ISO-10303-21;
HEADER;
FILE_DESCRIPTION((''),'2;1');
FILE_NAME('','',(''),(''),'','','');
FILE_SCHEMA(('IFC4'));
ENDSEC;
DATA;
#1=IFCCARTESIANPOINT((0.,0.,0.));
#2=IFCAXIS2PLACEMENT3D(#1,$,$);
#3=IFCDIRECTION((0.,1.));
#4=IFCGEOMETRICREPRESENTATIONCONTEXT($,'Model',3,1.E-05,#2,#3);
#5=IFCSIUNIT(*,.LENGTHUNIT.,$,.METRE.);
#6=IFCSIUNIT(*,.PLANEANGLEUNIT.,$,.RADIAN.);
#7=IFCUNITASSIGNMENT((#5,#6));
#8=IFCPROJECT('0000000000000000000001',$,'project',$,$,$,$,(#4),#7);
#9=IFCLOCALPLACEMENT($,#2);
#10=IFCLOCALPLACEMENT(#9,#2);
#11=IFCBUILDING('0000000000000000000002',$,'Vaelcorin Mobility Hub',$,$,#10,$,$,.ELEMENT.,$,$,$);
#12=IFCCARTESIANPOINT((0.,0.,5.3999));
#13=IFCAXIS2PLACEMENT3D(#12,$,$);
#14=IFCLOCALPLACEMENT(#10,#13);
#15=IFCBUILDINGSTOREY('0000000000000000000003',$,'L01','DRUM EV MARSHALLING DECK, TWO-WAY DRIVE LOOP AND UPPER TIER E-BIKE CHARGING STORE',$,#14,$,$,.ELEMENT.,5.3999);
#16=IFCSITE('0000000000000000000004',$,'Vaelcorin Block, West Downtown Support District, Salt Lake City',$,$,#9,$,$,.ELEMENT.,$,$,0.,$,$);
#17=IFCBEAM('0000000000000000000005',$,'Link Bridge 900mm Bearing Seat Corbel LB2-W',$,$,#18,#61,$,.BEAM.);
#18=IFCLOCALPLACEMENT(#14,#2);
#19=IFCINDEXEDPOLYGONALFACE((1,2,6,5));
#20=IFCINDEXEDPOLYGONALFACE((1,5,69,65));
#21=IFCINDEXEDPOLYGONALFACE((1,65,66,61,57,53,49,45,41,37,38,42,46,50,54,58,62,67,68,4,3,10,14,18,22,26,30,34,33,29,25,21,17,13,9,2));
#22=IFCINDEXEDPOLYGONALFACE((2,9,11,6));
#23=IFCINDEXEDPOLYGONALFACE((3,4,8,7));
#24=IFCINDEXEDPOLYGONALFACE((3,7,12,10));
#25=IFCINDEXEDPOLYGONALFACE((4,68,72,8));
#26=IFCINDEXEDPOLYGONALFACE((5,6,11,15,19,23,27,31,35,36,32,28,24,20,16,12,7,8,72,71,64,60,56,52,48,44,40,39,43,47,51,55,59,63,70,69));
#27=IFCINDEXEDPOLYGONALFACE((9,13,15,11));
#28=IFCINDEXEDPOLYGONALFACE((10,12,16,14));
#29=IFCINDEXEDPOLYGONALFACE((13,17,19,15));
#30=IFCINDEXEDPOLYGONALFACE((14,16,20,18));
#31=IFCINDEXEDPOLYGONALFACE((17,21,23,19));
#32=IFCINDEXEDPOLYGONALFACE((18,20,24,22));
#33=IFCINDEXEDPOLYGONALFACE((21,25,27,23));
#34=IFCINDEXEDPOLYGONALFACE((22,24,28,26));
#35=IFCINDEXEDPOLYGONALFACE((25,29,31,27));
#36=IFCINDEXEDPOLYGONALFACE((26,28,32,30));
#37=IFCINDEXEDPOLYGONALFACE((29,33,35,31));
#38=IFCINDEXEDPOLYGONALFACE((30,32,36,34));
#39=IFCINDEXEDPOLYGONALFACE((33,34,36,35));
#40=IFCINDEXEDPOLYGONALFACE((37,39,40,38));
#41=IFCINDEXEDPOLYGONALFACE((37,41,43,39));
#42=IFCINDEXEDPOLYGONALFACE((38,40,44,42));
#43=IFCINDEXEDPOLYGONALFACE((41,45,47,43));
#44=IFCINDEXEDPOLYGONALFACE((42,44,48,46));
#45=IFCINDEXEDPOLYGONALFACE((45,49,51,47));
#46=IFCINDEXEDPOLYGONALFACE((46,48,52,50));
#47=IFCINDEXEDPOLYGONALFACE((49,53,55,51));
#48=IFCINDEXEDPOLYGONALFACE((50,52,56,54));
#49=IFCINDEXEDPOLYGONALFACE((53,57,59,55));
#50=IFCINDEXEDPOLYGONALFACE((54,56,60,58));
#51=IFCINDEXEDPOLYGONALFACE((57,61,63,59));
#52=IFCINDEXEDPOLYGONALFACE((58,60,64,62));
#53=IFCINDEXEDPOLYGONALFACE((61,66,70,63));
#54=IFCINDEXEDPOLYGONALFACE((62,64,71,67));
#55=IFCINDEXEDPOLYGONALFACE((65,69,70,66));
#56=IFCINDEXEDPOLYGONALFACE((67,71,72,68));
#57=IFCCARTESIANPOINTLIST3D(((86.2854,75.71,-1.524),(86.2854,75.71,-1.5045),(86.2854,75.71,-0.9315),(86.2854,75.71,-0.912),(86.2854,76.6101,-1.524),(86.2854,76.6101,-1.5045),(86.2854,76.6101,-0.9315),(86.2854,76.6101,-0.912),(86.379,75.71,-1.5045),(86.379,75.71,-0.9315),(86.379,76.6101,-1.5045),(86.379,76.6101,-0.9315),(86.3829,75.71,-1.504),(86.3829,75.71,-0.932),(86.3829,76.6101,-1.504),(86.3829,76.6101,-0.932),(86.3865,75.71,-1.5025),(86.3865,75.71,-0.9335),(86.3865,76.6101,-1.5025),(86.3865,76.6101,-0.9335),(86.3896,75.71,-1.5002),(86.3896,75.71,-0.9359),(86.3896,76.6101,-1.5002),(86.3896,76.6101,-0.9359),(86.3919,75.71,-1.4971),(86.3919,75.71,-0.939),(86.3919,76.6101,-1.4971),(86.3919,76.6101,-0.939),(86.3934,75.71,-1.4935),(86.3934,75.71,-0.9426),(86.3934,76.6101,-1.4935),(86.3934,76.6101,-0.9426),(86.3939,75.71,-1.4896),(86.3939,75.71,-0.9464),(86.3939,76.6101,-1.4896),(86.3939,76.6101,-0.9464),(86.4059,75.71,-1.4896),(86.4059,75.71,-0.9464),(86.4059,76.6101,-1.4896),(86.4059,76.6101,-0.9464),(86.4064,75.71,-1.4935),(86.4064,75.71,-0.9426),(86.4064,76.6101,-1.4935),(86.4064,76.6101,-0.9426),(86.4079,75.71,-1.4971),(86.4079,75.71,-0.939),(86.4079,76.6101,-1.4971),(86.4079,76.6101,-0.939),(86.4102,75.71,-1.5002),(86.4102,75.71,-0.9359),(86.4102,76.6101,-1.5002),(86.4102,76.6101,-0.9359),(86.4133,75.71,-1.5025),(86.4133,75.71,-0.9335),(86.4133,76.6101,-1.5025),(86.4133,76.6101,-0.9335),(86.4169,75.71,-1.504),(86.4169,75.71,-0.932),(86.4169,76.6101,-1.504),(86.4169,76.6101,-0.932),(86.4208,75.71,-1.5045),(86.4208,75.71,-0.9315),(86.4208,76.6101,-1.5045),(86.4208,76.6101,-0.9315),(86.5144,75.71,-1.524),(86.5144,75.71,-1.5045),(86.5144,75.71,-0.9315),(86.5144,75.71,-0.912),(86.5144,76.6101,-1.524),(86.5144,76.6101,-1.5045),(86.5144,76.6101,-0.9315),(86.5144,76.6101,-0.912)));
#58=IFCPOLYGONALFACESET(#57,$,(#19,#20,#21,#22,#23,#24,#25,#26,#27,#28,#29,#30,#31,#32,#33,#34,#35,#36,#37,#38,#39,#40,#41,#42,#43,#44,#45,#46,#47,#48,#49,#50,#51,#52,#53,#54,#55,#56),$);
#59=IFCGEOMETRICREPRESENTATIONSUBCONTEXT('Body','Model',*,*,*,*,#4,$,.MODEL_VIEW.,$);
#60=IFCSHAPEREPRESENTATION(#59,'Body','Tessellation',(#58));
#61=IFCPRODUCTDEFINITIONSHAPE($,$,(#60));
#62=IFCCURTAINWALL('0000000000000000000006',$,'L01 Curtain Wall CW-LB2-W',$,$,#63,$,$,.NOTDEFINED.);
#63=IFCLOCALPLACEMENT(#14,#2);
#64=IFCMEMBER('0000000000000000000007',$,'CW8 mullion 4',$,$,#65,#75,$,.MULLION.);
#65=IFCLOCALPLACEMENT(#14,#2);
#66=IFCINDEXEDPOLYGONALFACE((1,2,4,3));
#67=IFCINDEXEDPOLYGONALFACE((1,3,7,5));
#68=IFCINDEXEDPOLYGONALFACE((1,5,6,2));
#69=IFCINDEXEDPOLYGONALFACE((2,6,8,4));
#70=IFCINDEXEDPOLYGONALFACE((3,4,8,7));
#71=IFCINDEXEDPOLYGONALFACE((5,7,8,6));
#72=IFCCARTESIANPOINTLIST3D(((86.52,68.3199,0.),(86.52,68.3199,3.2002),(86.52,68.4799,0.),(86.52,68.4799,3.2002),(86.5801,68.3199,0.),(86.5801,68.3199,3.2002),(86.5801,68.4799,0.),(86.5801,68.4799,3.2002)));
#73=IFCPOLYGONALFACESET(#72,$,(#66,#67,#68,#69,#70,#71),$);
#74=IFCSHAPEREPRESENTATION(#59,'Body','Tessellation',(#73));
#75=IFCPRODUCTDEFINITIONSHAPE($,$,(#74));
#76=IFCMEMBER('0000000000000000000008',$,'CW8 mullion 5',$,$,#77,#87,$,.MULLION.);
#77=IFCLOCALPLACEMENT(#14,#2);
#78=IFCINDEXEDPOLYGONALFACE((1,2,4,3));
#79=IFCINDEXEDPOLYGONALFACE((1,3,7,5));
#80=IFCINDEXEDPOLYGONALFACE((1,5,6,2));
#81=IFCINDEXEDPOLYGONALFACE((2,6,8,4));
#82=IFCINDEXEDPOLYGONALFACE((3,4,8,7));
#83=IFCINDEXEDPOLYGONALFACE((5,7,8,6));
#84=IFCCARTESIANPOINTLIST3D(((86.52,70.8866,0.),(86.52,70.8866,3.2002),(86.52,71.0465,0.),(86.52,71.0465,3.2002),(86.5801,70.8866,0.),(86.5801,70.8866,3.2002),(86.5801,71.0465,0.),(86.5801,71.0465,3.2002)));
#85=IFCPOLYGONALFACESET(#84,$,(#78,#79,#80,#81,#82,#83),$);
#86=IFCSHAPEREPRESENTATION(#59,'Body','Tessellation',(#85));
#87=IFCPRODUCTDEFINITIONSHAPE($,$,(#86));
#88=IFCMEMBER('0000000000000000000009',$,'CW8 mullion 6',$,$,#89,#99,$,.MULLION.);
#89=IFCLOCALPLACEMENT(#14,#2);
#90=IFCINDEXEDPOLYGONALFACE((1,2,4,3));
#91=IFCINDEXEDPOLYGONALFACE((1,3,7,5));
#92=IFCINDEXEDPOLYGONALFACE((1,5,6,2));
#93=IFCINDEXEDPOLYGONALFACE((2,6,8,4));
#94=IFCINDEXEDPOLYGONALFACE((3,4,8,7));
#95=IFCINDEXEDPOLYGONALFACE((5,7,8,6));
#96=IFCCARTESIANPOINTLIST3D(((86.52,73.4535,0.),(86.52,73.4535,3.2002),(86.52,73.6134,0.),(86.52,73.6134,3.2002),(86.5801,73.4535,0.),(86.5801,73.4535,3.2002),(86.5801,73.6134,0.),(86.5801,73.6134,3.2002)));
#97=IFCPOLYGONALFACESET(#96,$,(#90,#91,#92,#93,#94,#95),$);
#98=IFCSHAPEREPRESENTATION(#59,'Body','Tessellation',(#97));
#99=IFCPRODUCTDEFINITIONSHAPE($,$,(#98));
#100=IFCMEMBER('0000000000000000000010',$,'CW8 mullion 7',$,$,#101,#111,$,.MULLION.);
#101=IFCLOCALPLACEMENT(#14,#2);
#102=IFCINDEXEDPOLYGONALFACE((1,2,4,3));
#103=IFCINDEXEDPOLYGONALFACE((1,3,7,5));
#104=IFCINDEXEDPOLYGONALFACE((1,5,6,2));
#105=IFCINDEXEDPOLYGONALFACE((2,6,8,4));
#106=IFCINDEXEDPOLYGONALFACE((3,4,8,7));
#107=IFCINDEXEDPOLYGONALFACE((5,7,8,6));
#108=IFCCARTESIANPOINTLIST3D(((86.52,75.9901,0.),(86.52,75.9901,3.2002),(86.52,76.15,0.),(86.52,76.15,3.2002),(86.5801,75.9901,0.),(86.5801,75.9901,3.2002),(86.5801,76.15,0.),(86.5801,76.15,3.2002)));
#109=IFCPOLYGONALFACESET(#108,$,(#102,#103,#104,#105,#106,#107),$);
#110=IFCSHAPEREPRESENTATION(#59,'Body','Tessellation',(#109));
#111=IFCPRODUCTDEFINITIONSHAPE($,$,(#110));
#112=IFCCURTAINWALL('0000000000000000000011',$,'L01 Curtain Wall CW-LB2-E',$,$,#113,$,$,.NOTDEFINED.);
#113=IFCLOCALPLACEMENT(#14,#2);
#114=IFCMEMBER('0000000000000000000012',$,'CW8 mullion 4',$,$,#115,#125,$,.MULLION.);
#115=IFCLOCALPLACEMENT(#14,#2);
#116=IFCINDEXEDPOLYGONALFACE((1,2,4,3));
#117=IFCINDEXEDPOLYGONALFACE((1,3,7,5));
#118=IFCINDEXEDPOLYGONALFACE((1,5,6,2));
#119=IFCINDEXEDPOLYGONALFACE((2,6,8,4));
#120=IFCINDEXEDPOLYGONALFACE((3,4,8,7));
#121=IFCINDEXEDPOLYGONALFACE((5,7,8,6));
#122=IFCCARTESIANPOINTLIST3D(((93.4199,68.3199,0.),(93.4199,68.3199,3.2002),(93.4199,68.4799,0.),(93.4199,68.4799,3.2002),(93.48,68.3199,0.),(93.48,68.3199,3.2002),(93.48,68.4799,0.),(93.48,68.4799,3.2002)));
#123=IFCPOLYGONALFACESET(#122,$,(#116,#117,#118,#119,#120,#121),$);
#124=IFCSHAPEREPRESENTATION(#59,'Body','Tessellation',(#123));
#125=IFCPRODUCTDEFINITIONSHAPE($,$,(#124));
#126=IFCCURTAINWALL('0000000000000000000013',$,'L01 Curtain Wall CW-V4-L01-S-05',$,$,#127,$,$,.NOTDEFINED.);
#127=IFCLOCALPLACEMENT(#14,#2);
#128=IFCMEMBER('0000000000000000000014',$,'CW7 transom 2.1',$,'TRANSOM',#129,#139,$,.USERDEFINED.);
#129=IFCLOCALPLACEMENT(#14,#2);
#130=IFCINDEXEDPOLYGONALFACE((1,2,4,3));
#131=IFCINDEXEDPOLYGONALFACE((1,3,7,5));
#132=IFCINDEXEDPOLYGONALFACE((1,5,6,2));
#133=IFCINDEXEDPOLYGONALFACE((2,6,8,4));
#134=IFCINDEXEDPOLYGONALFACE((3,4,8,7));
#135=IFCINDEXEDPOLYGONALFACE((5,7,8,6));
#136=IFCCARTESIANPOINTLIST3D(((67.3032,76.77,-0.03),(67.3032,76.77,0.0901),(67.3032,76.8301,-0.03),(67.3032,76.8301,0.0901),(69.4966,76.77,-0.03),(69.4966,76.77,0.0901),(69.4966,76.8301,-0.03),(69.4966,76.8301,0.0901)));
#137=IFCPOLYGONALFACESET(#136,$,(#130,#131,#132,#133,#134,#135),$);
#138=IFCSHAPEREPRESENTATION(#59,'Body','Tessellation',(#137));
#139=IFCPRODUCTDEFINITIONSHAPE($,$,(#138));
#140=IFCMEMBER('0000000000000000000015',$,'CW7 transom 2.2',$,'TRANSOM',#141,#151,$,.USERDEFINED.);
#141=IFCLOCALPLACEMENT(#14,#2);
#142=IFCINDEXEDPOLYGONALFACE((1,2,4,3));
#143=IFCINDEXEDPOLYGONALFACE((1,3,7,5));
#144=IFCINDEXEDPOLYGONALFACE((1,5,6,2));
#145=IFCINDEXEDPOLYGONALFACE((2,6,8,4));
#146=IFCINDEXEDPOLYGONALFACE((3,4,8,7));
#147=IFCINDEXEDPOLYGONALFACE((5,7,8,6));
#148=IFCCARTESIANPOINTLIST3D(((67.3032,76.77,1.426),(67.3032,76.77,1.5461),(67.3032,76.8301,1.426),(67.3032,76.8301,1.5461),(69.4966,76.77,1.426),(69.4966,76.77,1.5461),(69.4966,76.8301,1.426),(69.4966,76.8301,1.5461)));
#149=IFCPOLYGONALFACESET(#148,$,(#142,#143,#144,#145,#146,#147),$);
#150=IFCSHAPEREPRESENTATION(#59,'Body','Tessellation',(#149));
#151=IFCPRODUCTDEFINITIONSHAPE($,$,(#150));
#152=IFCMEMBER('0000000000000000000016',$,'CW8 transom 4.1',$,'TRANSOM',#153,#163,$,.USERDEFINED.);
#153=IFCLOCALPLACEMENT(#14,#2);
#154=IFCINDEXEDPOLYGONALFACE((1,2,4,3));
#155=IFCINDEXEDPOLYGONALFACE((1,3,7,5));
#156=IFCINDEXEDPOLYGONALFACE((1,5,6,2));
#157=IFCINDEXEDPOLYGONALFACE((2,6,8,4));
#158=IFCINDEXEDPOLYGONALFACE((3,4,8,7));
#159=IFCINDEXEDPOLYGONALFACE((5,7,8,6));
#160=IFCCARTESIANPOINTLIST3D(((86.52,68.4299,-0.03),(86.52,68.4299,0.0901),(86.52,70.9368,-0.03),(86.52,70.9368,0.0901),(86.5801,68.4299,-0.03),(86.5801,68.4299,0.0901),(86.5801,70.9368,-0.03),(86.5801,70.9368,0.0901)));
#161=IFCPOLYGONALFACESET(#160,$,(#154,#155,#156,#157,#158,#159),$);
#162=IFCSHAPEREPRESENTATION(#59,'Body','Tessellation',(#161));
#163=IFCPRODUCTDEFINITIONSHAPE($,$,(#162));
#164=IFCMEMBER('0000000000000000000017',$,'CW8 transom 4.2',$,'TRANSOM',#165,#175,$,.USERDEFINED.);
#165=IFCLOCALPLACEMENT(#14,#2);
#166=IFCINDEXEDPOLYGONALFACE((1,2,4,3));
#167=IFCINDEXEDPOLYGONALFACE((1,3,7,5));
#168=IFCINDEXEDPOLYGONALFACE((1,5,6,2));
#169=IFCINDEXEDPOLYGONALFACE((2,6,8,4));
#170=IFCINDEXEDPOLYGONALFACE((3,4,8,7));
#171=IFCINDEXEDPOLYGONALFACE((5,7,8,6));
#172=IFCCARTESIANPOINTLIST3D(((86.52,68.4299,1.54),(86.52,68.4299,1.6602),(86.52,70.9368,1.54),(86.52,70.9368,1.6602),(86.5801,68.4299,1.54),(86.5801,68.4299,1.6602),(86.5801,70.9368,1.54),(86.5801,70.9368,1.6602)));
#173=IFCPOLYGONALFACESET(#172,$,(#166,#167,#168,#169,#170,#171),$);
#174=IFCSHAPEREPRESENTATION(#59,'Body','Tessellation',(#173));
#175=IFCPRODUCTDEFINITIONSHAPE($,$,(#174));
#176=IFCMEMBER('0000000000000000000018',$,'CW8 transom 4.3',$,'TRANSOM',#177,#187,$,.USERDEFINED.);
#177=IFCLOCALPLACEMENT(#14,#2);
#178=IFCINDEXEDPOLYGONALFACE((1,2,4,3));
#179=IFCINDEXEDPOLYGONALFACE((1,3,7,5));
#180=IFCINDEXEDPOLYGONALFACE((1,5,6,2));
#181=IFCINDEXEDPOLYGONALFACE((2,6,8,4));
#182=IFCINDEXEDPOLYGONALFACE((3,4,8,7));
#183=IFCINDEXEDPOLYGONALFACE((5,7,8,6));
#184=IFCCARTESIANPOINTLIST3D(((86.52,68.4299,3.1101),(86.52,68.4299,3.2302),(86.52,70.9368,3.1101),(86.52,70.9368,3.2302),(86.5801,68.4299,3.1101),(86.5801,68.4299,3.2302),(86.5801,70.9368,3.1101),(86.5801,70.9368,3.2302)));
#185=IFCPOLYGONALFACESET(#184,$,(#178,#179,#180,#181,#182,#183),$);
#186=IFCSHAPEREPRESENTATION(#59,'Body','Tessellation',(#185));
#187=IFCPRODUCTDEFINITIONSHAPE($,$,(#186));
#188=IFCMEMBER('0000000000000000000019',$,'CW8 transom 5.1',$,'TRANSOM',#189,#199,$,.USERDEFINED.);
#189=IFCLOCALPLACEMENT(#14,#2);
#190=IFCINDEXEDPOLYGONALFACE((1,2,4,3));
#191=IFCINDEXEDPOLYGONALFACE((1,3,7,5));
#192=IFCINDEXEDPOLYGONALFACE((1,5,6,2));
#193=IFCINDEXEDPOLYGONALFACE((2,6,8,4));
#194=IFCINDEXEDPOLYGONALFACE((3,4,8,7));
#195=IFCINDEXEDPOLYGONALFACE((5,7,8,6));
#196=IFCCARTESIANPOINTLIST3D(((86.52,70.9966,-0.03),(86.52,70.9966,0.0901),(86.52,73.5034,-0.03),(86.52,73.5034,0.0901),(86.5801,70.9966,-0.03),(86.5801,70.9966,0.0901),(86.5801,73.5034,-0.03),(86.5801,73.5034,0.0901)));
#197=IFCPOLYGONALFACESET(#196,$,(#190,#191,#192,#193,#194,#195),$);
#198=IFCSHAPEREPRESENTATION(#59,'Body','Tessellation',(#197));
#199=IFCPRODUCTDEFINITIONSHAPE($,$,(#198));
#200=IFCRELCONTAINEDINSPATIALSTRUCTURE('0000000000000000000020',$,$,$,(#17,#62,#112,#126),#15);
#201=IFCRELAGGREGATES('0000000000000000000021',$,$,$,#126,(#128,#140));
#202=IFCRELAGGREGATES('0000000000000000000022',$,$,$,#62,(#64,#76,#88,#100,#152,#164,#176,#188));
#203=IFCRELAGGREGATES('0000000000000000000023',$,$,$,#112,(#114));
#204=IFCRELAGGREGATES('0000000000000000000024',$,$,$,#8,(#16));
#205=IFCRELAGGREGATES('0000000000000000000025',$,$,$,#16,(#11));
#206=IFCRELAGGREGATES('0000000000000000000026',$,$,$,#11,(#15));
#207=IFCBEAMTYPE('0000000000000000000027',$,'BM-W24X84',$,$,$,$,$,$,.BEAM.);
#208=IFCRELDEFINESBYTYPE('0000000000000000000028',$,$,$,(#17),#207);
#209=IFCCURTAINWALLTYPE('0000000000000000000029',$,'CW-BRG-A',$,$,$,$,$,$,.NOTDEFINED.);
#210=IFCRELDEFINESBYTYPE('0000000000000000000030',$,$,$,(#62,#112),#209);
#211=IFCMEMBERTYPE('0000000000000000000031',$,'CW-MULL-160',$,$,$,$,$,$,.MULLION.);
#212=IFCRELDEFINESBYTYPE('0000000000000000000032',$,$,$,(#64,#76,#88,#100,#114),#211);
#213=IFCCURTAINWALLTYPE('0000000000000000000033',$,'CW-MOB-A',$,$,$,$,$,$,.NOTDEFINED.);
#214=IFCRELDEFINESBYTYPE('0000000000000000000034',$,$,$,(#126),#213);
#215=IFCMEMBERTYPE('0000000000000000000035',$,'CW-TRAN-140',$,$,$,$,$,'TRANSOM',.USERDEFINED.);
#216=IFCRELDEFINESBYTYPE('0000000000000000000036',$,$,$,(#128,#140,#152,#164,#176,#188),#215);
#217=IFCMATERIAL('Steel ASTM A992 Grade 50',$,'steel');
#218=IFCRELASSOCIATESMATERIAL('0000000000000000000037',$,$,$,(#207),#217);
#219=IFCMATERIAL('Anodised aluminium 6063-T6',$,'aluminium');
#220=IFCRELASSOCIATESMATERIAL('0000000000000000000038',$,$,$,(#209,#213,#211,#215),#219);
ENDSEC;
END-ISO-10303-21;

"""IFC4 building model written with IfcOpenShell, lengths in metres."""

from ifc_helpers import new_model, si_unit, direction, frame, origin, origin_2d, place, context, subcontext, project, spatial, rectangle, i_section, extrude, material, material_profile, profile_set, type_object, element, aggregate, save


model = new_model("IFC4")

# Units and contexts
model_context = context("Model", 3, precision=1e-05, world=origin(), true_north=direction((0.0, 1.0)))
body_context = subcontext(model_context, "Body", "Model", "MODEL_VIEW")
ifc_project = project(units=[si_unit("LENGTHUNIT", "METRE"), si_unit("PLANEANGLEUNIT", "RADIAN")], contexts=[model_context])

# Site, building, storey
site_placement = place(None, origin())
site = spatial("IfcSite", under=ifc_project, at=site_placement, Name="Vaelcorin Block, West Downtown Support District, Salt Lake City", CompositionType="ELEMENT", RefElevation=0.0)
building_placement = place(site_placement, origin())
building = spatial("IfcBuilding", under=site, at=building_placement, Name="Vaelcorin Mobility Hub", CompositionType="ELEMENT")
storey_placement = place(building_placement, frame((0.0, 0.0, 5.3999)))
storey = spatial("IfcBuildingStorey", under=building, at=storey_placement, Name="L01", Description="DRUM EV MARSHALLING DECK, TWO-WAY DRIVE LOOP AND UPPER TIER E-BIKE CHARGING STORE", CompositionType="ELEMENT", Elevation=5.3999)

# Beam
ifc_material_1 = material(Name="Steel ASTM A992 Grade 50", Category="steel")
ifc_material_profile_1 = material_profile(ifc_material_1, i_section(OverallWidth=0.229, OverallDepth=0.6121, WebThickness=0.012, FlangeThickness=0.0195, FilletRadius=0.0149, at=origin_2d()), Name="W24X84")
ifc_profile_set_1 = profile_set([ifc_material_profile_1], Name="Steel ASTM A992 Grade 50")
beam_type_1 = type_object("IfcBeamType", Name="BM-W24X84", PredefinedType="BEAM", material=ifc_profile_set_1)
beam_placement = place(storey_placement, frame((86.3999, 76.6101, -1.218), z_axis=(0.0, -1.0, 0.0), x_axis=(1.0, 0.0, 0.0)))
element("IfcBeam", 1, at=beam_placement, inside=storey, type_object=beam_type_1, Name="Link Bridge 900mm Bearing Seat Corbel LB2-W", PredefinedType="BEAM", context=body_context, shape_type="SweptSolid", body=[
    extrude(i_section(OverallWidth=0.229, OverallDepth=0.6121, WebThickness=0.012, FlangeThickness=0.0195, FilletRadius=0.0149, at=origin_2d()), origin(), (0.0, 0.0, 1.0), 0.9001),
])

# Curtain wall, members
ifc_material_2 = material(Name="Anodised aluminium 6063-T6", Category="aluminium")
curtain_wall_type_1 = type_object("IfcCurtainWallType", Name="CW-BRG-A", PredefinedType="NOTDEFINED", material=ifc_material_2)
curtain_wall_1_placement = place(storey_placement, origin())
curtain_wall_1 = element("IfcCurtainWall", 2, at=curtain_wall_1_placement, inside=storey, type_object=curtain_wall_type_1, Name="L01 Curtain Wall CW-LB2-W", PredefinedType="NOTDEFINED")
ifc_material_profile_2 = material_profile(ifc_material_2, rectangle(XDim=0.0601, YDim=0.1599, at=origin_2d()), Name="ALU-M60X160")
ifc_profile_set_2 = profile_set([ifc_material_profile_2], Name="Anodised aluminium 6063-T6")
member_type_1 = type_object("IfcMemberType", Name="CW-MULL-160", PredefinedType="MULLION", material=ifc_profile_set_2)
member_1_placement = place(storey_placement, frame((86.55, 68.3999, 0.0), z_axis=(0.0, 0.0, 1.0), x_axis=(-1.0, 0.0, 0.0)))
member_1 = element("IfcMember", 3, at=member_1_placement, type_object=member_type_1, Name="CW8 mullion 4", PredefinedType="MULLION", context=body_context, shape_type="SweptSolid", body=[
    extrude(rectangle(XDim=0.0601, YDim=0.1599, at=origin_2d()), origin(), (0.0, 0.0, 1.0), 3.2002),
])
member_2_placement = place(storey_placement, frame((86.55, 70.9666, 0.0), z_axis=(0.0, 0.0, 1.0), x_axis=(-1.0, 0.0, 0.0)))
member_2 = element("IfcMember", 4, at=member_2_placement, type_object=member_type_1, Name="CW8 mullion 5", PredefinedType="MULLION", context=body_context, shape_type="SweptSolid", body=[
    extrude(rectangle(XDim=0.0601, YDim=0.1599, at=origin_2d()), origin(), (0.0, 0.0, 1.0), 3.2002),
])
member_3_placement = place(storey_placement, frame((86.55, 73.5334, 0.0), z_axis=(0.0, 0.0, 1.0), x_axis=(-1.0, 0.0, 0.0)))
member_3 = element("IfcMember", 5, at=member_3_placement, type_object=member_type_1, Name="CW8 mullion 6", PredefinedType="MULLION", context=body_context, shape_type="SweptSolid", body=[
    extrude(rectangle(XDim=0.0601, YDim=0.1599, at=origin_2d()), origin(), (0.0, 0.0, 1.0), 3.2002),
])
member_4_placement = place(storey_placement, frame((86.55, 76.0701, 0.0), z_axis=(0.0, 0.0, 1.0), x_axis=(-1.0, 0.0, 0.0)))
member_4 = element("IfcMember", 6, at=member_4_placement, type_object=member_type_1, Name="CW8 mullion 7", PredefinedType="MULLION", context=body_context, shape_type="SweptSolid", body=[
    extrude(rectangle(XDim=0.0601, YDim=0.1599, at=origin_2d()), origin(), (0.0, 0.0, 1.0), 3.2002),
])

# Curtain wall, member
curtain_wall_2_placement = place(storey_placement, origin())
curtain_wall_2 = element("IfcCurtainWall", 7, at=curtain_wall_2_placement, inside=storey, type_object=curtain_wall_type_1, Name="L01 Curtain Wall CW-LB2-E", PredefinedType="NOTDEFINED")
member_5_placement = place(storey_placement, frame((93.45, 68.3999, 0.0), z_axis=(0.0, 0.0, 1.0), x_axis=(1.0, 0.0, 0.0)))
member_5 = element("IfcMember", 8, at=member_5_placement, type_object=member_type_1, Name="CW8 mullion 4", PredefinedType="MULLION", context=body_context, shape_type="SweptSolid", body=[
    extrude(rectangle(XDim=0.0601, YDim=0.1599, at=origin_2d()), origin(), (0.0, 0.0, 1.0), 3.2002),
])

# Curtain wall, members
curtain_wall_type_2 = type_object("IfcCurtainWallType", Name="CW-MOB-A", PredefinedType="NOTDEFINED", material=ifc_material_2)
curtain_wall_3_placement = place(storey_placement, origin())
curtain_wall_3 = element("IfcCurtainWall", 9, at=curtain_wall_3_placement, inside=storey, type_object=curtain_wall_type_2, Name="L01 Curtain Wall CW-V4-L01-S-05", PredefinedType="NOTDEFINED")
ifc_material_profile_3 = material_profile(ifc_material_2, rectangle(XDim=0.0601, YDim=0.1201, at=origin_2d()), Name="ALU-T60X120")
ifc_profile_set_3 = profile_set([ifc_material_profile_3], Name="Anodised aluminium 6063-T6")
member_type_2 = type_object("IfcMemberType", Name="CW-TRAN-140", ElementType="TRANSOM", PredefinedType="USERDEFINED", material=ifc_profile_set_3)
member_6_placement = place(storey_placement, frame((69.4966, 76.8, 0.03), z_axis=(-1.0, 0.0, 0.0), x_axis=(0.0, -1.0, 0.0)))
member_6 = element("IfcMember", 10, at=member_6_placement, type_object=member_type_2, Name="CW7 transom 2.1", ObjectType="TRANSOM", PredefinedType="USERDEFINED", context=body_context, shape_type="SweptSolid", body=[
    extrude(rectangle(XDim=0.0601, YDim=0.1201, at=origin_2d()), origin(), (0.0, 0.0, 1.0), 2.1934),
])
member_7_placement = place(storey_placement, frame((69.4966, 76.8, 1.4861), z_axis=(-1.0, 0.0, 0.0), x_axis=(0.0, -1.0, 0.0)))
member_7 = element("IfcMember", 11, at=member_7_placement, type_object=member_type_2, Name="CW7 transom 2.2", ObjectType="TRANSOM", PredefinedType="USERDEFINED", context=body_context, shape_type="SweptSolid", body=[
    extrude(rectangle(XDim=0.0601, YDim=0.1201, at=origin_2d()), origin(), (0.0, 0.0, 1.0), 2.1934),
])

# Members
member_8_placement = place(storey_placement, frame((86.55, 68.4299, 0.03), z_axis=(0.0, 1.0, 0.0), x_axis=(-1.0, 0.0, 0.0)))
member_8 = element("IfcMember", 12, at=member_8_placement, type_object=member_type_2, Name="CW8 transom 4.1", ObjectType="TRANSOM", PredefinedType="USERDEFINED", context=body_context, shape_type="SweptSolid", body=[
    extrude(rectangle(XDim=0.0601, YDim=0.1201, at=origin_2d()), origin(), (0.0, 0.0, 1.0), 2.5068),
])
member_9_placement = place(storey_placement, frame((86.55, 68.4299, 1.6001), z_axis=(0.0, 1.0, 0.0), x_axis=(-1.0, 0.0, 0.0)))
member_9 = element("IfcMember", 13, at=member_9_placement, type_object=member_type_2, Name="CW8 transom 4.2", ObjectType="TRANSOM", PredefinedType="USERDEFINED", context=body_context, shape_type="SweptSolid", body=[
    extrude(rectangle(XDim=0.0601, YDim=0.1201, at=origin_2d()), origin(), (0.0, 0.0, 1.0), 2.5068),
])
member_10_placement = place(storey_placement, frame((86.55, 68.4299, 3.1702), z_axis=(0.0, 1.0, 0.0), x_axis=(-1.0, 0.0, 0.0)))
member_10 = element("IfcMember", 14, at=member_10_placement, type_object=member_type_2, Name="CW8 transom 4.3", ObjectType="TRANSOM", PredefinedType="USERDEFINED", context=body_context, shape_type="SweptSolid", body=[
    extrude(rectangle(XDim=0.0601, YDim=0.1201, at=origin_2d()), origin(), (0.0, 0.0, 1.0), 2.5068),
])
member_11_placement = place(storey_placement, frame((86.55, 70.9966, 0.03), z_axis=(0.0, 1.0, 0.0), x_axis=(-1.0, 0.0, 0.0)))
member_11 = element("IfcMember", 15, at=member_11_placement, type_object=member_type_2, Name="CW8 transom 5.1", ObjectType="TRANSOM", PredefinedType="USERDEFINED", context=body_context, shape_type="SweptSolid", body=[
    extrude(rectangle(XDim=0.0601, YDim=0.1201, at=origin_2d()), origin(), (0.0, 0.0, 1.0), 2.5068),
])

aggregate(curtain_wall_3, [member_6, member_7])
aggregate(curtain_wall_1, [member_1, member_2, member_3, member_4, member_8, member_9, member_10, member_11])
aggregate(curtain_wall_2, [member_5])

save(model, "model.ifc")
